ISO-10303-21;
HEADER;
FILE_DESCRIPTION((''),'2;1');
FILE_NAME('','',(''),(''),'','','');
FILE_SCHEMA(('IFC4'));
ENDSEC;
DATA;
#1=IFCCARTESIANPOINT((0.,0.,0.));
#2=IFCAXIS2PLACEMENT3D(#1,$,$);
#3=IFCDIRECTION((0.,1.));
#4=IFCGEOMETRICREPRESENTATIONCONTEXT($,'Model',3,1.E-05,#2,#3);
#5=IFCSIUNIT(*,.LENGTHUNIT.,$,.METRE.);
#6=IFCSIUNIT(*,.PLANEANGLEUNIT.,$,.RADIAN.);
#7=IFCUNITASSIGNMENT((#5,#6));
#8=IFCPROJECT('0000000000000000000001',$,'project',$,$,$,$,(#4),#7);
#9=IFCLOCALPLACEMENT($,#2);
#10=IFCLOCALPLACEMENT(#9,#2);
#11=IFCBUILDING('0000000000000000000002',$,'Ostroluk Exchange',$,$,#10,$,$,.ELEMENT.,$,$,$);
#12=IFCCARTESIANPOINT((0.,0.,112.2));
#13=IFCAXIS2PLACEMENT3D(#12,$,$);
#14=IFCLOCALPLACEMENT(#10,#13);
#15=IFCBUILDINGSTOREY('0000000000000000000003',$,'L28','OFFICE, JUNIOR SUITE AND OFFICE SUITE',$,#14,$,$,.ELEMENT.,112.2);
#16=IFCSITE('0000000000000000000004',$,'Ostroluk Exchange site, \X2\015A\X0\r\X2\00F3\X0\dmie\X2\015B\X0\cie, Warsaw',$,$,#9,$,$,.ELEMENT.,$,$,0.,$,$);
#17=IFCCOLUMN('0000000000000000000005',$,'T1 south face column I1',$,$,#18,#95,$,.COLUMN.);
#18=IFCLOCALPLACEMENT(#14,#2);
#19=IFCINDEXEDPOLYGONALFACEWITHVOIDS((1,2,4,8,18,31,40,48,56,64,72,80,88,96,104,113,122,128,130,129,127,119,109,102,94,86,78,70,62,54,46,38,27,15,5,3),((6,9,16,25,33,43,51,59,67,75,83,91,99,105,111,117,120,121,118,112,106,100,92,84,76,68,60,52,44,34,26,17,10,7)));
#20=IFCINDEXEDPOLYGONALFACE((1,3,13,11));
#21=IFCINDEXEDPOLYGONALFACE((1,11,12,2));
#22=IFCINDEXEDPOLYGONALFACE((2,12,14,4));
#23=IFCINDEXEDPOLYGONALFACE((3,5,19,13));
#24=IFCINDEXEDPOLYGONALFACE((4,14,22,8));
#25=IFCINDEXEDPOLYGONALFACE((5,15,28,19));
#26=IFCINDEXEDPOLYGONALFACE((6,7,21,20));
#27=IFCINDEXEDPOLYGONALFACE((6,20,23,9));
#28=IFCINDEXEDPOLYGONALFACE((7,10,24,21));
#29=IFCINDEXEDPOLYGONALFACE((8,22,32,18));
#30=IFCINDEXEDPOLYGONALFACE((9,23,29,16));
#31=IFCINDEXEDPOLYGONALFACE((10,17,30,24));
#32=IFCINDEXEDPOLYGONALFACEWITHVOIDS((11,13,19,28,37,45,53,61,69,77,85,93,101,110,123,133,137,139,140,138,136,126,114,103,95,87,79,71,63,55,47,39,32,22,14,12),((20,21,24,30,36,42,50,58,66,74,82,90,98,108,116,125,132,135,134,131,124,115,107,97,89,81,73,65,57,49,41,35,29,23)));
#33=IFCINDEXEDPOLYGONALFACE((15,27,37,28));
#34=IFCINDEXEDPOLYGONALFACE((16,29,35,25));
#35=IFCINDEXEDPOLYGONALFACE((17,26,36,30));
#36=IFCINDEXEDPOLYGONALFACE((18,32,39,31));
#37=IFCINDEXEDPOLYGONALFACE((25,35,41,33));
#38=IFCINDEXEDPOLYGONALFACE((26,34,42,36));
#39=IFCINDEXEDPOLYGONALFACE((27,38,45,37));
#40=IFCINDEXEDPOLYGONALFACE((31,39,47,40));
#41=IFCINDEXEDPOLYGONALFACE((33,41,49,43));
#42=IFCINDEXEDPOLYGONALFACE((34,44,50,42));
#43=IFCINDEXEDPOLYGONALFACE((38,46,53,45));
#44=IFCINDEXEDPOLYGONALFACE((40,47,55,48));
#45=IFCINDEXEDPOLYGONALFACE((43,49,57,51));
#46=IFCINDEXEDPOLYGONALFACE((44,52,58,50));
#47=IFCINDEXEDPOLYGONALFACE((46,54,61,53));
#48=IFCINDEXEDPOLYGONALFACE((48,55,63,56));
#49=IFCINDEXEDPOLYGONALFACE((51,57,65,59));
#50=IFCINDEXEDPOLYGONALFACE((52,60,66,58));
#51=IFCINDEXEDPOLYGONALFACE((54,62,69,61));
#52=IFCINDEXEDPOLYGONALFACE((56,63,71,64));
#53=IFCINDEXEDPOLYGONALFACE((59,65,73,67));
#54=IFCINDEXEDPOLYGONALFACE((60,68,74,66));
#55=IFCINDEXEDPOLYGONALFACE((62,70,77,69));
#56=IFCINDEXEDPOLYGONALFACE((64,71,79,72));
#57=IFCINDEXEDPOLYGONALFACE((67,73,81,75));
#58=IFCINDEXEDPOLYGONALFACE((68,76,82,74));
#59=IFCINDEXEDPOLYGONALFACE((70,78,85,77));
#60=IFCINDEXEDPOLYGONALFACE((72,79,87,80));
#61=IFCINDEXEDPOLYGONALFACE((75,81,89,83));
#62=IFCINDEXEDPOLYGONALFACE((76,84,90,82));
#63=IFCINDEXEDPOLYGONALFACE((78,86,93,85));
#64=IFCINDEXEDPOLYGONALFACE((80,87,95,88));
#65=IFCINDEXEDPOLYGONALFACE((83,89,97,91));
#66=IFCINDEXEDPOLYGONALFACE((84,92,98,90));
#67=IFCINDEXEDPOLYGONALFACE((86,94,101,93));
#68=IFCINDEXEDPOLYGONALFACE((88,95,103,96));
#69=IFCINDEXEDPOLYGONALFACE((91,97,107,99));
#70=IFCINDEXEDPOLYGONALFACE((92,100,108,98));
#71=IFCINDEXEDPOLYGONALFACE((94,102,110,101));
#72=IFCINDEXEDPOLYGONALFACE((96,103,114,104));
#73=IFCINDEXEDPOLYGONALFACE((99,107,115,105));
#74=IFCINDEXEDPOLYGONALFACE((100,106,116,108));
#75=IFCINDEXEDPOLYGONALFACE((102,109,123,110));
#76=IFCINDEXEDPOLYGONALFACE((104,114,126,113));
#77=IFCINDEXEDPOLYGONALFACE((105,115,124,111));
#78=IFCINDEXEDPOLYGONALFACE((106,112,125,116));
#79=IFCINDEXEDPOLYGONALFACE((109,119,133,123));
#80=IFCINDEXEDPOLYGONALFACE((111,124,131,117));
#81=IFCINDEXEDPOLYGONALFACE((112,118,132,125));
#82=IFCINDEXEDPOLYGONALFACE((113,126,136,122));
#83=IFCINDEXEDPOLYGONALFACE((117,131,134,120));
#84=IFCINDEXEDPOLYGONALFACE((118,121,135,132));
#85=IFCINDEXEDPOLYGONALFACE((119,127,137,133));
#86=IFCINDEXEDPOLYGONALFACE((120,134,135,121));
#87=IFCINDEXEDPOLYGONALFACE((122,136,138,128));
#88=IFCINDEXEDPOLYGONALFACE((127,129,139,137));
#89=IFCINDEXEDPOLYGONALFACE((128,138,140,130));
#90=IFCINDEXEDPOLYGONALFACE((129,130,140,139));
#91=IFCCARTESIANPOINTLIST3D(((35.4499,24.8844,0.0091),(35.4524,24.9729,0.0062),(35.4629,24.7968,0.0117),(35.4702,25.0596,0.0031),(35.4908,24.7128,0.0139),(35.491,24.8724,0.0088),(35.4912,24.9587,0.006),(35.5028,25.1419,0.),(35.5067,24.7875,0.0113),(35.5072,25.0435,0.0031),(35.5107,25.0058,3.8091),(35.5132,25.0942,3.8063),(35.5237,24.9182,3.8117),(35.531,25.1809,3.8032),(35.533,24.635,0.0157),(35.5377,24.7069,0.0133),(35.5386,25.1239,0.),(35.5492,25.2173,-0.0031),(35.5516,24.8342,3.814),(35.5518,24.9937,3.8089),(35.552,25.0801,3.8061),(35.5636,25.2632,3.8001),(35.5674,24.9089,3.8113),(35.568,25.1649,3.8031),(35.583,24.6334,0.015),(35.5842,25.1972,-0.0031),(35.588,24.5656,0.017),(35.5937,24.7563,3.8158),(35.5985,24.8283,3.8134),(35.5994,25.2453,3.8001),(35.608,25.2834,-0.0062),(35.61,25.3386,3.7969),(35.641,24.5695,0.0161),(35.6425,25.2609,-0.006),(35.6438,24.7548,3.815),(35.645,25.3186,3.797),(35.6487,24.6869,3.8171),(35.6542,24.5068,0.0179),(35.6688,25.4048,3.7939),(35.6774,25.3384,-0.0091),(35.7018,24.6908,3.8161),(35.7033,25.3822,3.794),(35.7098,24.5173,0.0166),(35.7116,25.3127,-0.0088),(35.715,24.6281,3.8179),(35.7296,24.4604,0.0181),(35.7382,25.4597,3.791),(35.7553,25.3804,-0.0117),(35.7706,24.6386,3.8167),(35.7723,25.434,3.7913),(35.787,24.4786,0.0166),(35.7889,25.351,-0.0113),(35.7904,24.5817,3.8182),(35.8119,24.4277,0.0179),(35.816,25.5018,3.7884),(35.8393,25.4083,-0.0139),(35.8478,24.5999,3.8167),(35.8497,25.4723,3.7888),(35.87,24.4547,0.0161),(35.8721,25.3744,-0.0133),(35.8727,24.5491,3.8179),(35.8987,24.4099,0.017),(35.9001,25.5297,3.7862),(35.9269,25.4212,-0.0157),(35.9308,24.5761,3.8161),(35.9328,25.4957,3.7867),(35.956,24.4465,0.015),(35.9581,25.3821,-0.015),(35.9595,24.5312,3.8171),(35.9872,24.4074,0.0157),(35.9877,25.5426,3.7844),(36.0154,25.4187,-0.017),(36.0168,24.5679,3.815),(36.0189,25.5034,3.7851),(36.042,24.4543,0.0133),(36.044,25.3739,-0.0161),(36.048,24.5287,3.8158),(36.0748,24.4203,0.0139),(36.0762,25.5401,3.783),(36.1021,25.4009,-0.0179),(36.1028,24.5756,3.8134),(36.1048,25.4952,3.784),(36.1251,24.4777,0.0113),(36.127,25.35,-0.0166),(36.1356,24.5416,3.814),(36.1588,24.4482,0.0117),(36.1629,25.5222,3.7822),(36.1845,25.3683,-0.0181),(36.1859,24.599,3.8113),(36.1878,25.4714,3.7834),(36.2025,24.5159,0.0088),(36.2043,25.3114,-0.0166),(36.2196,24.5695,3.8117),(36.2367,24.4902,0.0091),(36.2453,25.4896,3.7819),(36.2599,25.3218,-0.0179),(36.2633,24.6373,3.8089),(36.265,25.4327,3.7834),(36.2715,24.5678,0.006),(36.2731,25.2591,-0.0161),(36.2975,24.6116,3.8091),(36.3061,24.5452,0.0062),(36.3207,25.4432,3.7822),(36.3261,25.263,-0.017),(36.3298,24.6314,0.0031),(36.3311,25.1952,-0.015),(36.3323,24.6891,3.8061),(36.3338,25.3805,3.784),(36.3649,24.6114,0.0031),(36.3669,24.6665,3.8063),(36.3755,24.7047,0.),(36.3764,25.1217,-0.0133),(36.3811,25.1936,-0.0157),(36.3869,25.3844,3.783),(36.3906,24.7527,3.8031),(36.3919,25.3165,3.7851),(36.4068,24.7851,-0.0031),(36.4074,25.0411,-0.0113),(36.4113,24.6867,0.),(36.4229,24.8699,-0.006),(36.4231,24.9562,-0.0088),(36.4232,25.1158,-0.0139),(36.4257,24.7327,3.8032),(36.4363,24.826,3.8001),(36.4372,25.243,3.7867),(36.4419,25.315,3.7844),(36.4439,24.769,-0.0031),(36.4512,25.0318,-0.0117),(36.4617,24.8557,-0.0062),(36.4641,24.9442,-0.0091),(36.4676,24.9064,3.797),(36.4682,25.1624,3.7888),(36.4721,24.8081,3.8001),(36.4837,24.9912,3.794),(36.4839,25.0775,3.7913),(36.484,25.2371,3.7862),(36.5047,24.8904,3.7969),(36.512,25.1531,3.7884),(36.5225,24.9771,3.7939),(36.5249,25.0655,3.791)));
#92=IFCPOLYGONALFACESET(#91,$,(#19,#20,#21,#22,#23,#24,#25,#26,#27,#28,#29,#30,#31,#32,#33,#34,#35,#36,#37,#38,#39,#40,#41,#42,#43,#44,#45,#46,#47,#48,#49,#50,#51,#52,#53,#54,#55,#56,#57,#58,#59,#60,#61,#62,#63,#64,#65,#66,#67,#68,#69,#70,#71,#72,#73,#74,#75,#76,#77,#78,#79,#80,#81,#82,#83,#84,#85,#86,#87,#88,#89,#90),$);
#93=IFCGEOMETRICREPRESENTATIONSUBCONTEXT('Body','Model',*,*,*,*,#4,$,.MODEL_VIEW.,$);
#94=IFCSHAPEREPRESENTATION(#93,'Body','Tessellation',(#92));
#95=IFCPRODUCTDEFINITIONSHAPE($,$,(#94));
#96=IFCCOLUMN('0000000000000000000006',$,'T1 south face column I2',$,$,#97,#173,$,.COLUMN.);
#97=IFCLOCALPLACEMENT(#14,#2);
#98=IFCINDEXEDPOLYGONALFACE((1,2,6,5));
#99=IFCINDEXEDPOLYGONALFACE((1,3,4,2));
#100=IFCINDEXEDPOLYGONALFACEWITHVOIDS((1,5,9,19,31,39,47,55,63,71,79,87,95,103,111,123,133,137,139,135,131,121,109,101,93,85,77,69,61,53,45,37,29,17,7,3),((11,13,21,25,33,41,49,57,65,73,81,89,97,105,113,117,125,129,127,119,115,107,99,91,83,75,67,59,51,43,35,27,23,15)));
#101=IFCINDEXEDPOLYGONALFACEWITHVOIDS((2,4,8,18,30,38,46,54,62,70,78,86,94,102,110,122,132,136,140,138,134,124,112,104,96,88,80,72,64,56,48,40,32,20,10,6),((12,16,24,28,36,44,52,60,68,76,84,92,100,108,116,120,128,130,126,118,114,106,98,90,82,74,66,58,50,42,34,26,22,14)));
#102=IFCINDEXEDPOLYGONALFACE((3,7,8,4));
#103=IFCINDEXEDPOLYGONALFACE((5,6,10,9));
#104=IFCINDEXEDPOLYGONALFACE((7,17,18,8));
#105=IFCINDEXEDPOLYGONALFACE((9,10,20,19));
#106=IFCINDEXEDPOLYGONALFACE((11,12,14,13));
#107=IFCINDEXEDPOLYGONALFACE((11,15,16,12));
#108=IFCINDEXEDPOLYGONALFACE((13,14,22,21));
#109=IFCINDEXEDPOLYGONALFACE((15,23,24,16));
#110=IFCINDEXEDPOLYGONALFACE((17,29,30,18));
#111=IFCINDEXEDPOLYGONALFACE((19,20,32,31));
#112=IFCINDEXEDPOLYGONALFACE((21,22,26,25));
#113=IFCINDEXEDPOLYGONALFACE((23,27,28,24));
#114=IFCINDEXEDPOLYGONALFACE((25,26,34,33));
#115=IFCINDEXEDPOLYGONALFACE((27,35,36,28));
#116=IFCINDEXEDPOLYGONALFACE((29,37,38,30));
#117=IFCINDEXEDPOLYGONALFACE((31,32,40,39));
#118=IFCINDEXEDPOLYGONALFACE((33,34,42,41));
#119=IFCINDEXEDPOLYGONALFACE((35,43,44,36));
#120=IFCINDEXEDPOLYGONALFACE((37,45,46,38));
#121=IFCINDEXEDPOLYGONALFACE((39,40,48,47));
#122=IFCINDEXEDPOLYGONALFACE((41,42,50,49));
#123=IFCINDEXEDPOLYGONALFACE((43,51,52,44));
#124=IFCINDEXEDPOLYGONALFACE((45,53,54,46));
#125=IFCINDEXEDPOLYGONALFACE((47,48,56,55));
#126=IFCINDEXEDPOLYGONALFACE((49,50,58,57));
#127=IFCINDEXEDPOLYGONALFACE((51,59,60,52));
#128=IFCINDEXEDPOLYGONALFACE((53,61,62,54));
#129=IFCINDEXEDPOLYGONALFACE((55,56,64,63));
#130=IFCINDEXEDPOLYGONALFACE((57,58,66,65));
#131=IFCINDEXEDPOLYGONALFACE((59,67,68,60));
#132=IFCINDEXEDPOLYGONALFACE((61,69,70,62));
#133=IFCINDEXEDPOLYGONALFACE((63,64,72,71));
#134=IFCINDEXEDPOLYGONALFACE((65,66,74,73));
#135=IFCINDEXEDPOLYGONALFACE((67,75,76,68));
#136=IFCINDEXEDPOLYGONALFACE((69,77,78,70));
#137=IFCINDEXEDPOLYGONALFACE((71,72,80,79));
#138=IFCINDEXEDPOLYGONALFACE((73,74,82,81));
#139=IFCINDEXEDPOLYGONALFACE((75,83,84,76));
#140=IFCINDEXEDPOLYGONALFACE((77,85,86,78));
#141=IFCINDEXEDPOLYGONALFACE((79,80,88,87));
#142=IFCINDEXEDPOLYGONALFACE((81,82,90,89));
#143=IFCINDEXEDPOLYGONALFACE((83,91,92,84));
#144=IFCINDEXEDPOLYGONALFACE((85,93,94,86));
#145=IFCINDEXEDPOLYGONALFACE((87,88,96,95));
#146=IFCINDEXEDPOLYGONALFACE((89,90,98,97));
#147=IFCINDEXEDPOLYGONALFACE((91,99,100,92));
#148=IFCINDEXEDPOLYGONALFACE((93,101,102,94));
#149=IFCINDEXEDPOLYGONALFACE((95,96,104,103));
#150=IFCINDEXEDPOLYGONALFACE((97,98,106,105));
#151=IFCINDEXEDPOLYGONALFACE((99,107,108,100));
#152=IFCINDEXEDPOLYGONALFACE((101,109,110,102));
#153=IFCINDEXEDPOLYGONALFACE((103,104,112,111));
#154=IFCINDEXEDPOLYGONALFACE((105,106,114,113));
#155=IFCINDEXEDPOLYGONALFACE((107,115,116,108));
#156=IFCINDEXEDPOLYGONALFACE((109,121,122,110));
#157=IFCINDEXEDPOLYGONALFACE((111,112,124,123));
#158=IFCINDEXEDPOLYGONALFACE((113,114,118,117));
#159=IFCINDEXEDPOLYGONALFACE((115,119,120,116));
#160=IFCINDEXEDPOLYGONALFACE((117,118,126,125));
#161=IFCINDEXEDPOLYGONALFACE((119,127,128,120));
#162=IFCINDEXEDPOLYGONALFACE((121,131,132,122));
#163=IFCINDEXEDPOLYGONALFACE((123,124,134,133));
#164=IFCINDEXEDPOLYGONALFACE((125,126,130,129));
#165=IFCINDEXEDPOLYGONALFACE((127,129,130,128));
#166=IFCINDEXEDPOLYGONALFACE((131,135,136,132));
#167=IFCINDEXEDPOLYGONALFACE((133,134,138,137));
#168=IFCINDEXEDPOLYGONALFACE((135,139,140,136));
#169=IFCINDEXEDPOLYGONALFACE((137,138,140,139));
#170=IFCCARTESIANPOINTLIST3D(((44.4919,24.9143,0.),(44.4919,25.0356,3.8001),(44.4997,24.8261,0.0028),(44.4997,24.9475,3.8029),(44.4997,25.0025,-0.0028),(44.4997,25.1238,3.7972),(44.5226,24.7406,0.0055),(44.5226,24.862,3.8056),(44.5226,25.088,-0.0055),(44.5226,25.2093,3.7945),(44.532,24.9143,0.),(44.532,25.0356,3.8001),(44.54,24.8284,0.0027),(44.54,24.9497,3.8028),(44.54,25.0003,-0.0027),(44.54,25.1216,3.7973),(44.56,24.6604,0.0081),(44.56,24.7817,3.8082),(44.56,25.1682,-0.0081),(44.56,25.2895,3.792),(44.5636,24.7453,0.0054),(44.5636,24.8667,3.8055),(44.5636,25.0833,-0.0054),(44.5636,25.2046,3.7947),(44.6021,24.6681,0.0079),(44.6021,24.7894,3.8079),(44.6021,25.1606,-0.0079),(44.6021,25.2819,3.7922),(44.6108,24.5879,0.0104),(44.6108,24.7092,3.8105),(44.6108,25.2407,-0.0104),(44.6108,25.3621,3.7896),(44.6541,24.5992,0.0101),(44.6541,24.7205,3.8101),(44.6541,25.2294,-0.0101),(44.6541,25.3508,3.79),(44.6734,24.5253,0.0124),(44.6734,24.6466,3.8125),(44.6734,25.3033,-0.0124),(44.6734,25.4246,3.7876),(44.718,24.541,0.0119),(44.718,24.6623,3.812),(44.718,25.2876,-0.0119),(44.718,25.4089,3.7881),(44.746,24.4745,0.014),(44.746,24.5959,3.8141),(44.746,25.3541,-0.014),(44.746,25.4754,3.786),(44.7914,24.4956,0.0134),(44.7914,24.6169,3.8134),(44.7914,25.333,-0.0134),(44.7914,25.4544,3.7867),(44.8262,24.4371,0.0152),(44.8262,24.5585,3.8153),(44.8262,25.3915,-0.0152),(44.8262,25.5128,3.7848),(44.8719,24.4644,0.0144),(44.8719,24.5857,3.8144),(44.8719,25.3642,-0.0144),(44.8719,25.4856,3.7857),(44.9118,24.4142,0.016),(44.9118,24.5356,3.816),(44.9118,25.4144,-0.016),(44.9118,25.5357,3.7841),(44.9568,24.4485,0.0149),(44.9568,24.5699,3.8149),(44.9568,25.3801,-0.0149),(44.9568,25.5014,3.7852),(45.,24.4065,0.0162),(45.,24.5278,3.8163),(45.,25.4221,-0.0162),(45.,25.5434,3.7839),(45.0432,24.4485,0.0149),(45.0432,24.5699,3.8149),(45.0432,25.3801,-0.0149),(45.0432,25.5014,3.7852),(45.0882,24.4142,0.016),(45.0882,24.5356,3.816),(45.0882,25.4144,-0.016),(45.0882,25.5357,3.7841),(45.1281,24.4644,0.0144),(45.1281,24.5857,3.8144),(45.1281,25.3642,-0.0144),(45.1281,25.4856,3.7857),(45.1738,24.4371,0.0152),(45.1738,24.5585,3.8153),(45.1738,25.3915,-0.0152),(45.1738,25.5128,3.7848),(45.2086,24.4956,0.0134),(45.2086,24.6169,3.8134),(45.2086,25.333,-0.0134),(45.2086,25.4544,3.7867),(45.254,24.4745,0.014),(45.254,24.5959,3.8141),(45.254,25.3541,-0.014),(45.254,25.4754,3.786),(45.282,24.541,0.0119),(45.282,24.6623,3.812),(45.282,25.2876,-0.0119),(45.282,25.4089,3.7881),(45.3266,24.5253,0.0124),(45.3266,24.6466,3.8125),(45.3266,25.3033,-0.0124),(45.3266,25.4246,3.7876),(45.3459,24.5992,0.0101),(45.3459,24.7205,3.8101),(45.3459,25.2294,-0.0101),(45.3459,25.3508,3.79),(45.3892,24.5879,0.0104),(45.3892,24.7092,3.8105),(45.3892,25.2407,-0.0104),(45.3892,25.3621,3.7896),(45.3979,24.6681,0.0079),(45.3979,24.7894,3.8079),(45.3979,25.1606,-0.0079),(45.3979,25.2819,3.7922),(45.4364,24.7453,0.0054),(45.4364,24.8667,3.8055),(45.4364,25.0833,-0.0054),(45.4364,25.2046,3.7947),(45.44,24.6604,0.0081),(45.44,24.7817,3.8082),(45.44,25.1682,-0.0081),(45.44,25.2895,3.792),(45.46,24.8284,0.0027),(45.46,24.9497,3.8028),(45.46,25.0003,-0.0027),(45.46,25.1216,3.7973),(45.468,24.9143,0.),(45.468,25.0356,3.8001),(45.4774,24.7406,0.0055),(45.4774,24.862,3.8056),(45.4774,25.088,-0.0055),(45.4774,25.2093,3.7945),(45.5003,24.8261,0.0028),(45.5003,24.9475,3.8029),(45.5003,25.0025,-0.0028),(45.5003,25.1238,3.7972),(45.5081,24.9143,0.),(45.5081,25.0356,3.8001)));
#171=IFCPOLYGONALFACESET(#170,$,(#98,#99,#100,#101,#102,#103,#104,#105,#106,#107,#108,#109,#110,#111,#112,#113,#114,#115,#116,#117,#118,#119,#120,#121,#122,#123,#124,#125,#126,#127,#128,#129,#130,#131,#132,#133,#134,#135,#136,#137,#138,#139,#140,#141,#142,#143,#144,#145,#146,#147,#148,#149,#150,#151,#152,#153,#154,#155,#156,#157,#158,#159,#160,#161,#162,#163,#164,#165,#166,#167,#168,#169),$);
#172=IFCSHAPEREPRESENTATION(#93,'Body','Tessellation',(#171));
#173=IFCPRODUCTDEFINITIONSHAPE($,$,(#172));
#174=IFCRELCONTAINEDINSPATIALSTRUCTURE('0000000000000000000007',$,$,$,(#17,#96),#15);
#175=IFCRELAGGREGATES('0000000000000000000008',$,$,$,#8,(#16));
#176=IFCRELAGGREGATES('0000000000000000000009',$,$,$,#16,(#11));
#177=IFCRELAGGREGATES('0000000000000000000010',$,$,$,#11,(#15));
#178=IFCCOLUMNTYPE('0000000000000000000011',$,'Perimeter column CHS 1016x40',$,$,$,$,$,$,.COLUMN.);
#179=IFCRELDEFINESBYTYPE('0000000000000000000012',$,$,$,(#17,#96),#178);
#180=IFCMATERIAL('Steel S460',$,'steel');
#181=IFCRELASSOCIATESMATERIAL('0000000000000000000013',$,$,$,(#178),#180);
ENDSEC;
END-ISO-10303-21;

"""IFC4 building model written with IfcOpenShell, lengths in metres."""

from ifc_helpers import new_model, si_unit, direction, frame, origin, origin_2d, place, context, subcontext, project, spatial, hollow_circle, extrude, material, material_profile, profile_set, type_object, element, save


model = new_model("IFC4")

# Units and contexts
model_context = context("Model", 3, precision=1e-05, world=origin(), true_north=direction((0.0, 1.0)))
body_context = subcontext(model_context, "Body", "Model", "MODEL_VIEW")
ifc_project = project(units=[si_unit("LENGTHUNIT", "METRE"), si_unit("PLANEANGLEUNIT", "RADIAN")], contexts=[model_context])

# Site, building, storey
site_placement = place(None, origin())
site = spatial("IfcSite", under=ifc_project, at=site_placement, Name="Ostroluk Exchange site, Śródmieście, Warsaw", CompositionType="ELEMENT", RefElevation=0.0)
building_placement = place(site_placement, origin())
building = spatial("IfcBuilding", under=site, at=building_placement, Name="Ostroluk Exchange", CompositionType="ELEMENT")
storey_placement = place(building_placement, frame((0.0, 0.0, 112.2)))
storey = spatial("IfcBuildingStorey", under=building, at=storey_placement, Name="L28", Description="OFFICE, JUNIOR SUITE AND OFFICE SUITE", CompositionType="ELEMENT", Elevation=112.2)

# Columns
ifc_material_1 = material(Name="Steel S460", Category="steel")
ifc_material_profile_1 = material_profile(ifc_material_1, hollow_circle(Radius=0.5081, WallThickness=0.04, at=origin_2d()), Name="CHS 1016x40")
ifc_profile_set_1 = profile_set([ifc_material_profile_1], Name="Steel S460")
column_type = type_object("IfcColumnType", Name="Perimeter column CHS 1016x40", PredefinedType="COLUMN", material=ifc_profile_set_1)
column_1_placement = place(storey_placement, frame((35.957, 24.9143, 0.0), z_axis=(0.015987, 0.03191, 0.999363), x_axis=(-0.894067, 0.447933, 0.0)))
element("IfcColumn", 1, at=column_1_placement, inside=storey, type_object=column_type, Name="T1 south face column I1", PredefinedType="COLUMN", context=body_context, shape_type="SweptSolid", body=[
    extrude(hollow_circle(Radius=0.5081, WallThickness=0.04, at=origin_2d()), origin(), (0.0, 0.0, 1.0), 3.8025),
])
column_2_placement = place(storey_placement, frame((45.0, 24.9143, 0.0), z_axis=(0.0, 0.031914, 0.999491), x_axis=(-1.0, 0.0, 0.0)))
element("IfcColumn", 2, at=column_2_placement, inside=storey, type_object=column_type, Name="T1 south face column I2", PredefinedType="COLUMN", context=body_context, shape_type="SweptSolid", body=[
    extrude(hollow_circle(Radius=0.5081, WallThickness=0.04, at=origin_2d()), origin(), (0.0, 0.0, 1.0), 3.802),
])

save(model, "model.ifc")
